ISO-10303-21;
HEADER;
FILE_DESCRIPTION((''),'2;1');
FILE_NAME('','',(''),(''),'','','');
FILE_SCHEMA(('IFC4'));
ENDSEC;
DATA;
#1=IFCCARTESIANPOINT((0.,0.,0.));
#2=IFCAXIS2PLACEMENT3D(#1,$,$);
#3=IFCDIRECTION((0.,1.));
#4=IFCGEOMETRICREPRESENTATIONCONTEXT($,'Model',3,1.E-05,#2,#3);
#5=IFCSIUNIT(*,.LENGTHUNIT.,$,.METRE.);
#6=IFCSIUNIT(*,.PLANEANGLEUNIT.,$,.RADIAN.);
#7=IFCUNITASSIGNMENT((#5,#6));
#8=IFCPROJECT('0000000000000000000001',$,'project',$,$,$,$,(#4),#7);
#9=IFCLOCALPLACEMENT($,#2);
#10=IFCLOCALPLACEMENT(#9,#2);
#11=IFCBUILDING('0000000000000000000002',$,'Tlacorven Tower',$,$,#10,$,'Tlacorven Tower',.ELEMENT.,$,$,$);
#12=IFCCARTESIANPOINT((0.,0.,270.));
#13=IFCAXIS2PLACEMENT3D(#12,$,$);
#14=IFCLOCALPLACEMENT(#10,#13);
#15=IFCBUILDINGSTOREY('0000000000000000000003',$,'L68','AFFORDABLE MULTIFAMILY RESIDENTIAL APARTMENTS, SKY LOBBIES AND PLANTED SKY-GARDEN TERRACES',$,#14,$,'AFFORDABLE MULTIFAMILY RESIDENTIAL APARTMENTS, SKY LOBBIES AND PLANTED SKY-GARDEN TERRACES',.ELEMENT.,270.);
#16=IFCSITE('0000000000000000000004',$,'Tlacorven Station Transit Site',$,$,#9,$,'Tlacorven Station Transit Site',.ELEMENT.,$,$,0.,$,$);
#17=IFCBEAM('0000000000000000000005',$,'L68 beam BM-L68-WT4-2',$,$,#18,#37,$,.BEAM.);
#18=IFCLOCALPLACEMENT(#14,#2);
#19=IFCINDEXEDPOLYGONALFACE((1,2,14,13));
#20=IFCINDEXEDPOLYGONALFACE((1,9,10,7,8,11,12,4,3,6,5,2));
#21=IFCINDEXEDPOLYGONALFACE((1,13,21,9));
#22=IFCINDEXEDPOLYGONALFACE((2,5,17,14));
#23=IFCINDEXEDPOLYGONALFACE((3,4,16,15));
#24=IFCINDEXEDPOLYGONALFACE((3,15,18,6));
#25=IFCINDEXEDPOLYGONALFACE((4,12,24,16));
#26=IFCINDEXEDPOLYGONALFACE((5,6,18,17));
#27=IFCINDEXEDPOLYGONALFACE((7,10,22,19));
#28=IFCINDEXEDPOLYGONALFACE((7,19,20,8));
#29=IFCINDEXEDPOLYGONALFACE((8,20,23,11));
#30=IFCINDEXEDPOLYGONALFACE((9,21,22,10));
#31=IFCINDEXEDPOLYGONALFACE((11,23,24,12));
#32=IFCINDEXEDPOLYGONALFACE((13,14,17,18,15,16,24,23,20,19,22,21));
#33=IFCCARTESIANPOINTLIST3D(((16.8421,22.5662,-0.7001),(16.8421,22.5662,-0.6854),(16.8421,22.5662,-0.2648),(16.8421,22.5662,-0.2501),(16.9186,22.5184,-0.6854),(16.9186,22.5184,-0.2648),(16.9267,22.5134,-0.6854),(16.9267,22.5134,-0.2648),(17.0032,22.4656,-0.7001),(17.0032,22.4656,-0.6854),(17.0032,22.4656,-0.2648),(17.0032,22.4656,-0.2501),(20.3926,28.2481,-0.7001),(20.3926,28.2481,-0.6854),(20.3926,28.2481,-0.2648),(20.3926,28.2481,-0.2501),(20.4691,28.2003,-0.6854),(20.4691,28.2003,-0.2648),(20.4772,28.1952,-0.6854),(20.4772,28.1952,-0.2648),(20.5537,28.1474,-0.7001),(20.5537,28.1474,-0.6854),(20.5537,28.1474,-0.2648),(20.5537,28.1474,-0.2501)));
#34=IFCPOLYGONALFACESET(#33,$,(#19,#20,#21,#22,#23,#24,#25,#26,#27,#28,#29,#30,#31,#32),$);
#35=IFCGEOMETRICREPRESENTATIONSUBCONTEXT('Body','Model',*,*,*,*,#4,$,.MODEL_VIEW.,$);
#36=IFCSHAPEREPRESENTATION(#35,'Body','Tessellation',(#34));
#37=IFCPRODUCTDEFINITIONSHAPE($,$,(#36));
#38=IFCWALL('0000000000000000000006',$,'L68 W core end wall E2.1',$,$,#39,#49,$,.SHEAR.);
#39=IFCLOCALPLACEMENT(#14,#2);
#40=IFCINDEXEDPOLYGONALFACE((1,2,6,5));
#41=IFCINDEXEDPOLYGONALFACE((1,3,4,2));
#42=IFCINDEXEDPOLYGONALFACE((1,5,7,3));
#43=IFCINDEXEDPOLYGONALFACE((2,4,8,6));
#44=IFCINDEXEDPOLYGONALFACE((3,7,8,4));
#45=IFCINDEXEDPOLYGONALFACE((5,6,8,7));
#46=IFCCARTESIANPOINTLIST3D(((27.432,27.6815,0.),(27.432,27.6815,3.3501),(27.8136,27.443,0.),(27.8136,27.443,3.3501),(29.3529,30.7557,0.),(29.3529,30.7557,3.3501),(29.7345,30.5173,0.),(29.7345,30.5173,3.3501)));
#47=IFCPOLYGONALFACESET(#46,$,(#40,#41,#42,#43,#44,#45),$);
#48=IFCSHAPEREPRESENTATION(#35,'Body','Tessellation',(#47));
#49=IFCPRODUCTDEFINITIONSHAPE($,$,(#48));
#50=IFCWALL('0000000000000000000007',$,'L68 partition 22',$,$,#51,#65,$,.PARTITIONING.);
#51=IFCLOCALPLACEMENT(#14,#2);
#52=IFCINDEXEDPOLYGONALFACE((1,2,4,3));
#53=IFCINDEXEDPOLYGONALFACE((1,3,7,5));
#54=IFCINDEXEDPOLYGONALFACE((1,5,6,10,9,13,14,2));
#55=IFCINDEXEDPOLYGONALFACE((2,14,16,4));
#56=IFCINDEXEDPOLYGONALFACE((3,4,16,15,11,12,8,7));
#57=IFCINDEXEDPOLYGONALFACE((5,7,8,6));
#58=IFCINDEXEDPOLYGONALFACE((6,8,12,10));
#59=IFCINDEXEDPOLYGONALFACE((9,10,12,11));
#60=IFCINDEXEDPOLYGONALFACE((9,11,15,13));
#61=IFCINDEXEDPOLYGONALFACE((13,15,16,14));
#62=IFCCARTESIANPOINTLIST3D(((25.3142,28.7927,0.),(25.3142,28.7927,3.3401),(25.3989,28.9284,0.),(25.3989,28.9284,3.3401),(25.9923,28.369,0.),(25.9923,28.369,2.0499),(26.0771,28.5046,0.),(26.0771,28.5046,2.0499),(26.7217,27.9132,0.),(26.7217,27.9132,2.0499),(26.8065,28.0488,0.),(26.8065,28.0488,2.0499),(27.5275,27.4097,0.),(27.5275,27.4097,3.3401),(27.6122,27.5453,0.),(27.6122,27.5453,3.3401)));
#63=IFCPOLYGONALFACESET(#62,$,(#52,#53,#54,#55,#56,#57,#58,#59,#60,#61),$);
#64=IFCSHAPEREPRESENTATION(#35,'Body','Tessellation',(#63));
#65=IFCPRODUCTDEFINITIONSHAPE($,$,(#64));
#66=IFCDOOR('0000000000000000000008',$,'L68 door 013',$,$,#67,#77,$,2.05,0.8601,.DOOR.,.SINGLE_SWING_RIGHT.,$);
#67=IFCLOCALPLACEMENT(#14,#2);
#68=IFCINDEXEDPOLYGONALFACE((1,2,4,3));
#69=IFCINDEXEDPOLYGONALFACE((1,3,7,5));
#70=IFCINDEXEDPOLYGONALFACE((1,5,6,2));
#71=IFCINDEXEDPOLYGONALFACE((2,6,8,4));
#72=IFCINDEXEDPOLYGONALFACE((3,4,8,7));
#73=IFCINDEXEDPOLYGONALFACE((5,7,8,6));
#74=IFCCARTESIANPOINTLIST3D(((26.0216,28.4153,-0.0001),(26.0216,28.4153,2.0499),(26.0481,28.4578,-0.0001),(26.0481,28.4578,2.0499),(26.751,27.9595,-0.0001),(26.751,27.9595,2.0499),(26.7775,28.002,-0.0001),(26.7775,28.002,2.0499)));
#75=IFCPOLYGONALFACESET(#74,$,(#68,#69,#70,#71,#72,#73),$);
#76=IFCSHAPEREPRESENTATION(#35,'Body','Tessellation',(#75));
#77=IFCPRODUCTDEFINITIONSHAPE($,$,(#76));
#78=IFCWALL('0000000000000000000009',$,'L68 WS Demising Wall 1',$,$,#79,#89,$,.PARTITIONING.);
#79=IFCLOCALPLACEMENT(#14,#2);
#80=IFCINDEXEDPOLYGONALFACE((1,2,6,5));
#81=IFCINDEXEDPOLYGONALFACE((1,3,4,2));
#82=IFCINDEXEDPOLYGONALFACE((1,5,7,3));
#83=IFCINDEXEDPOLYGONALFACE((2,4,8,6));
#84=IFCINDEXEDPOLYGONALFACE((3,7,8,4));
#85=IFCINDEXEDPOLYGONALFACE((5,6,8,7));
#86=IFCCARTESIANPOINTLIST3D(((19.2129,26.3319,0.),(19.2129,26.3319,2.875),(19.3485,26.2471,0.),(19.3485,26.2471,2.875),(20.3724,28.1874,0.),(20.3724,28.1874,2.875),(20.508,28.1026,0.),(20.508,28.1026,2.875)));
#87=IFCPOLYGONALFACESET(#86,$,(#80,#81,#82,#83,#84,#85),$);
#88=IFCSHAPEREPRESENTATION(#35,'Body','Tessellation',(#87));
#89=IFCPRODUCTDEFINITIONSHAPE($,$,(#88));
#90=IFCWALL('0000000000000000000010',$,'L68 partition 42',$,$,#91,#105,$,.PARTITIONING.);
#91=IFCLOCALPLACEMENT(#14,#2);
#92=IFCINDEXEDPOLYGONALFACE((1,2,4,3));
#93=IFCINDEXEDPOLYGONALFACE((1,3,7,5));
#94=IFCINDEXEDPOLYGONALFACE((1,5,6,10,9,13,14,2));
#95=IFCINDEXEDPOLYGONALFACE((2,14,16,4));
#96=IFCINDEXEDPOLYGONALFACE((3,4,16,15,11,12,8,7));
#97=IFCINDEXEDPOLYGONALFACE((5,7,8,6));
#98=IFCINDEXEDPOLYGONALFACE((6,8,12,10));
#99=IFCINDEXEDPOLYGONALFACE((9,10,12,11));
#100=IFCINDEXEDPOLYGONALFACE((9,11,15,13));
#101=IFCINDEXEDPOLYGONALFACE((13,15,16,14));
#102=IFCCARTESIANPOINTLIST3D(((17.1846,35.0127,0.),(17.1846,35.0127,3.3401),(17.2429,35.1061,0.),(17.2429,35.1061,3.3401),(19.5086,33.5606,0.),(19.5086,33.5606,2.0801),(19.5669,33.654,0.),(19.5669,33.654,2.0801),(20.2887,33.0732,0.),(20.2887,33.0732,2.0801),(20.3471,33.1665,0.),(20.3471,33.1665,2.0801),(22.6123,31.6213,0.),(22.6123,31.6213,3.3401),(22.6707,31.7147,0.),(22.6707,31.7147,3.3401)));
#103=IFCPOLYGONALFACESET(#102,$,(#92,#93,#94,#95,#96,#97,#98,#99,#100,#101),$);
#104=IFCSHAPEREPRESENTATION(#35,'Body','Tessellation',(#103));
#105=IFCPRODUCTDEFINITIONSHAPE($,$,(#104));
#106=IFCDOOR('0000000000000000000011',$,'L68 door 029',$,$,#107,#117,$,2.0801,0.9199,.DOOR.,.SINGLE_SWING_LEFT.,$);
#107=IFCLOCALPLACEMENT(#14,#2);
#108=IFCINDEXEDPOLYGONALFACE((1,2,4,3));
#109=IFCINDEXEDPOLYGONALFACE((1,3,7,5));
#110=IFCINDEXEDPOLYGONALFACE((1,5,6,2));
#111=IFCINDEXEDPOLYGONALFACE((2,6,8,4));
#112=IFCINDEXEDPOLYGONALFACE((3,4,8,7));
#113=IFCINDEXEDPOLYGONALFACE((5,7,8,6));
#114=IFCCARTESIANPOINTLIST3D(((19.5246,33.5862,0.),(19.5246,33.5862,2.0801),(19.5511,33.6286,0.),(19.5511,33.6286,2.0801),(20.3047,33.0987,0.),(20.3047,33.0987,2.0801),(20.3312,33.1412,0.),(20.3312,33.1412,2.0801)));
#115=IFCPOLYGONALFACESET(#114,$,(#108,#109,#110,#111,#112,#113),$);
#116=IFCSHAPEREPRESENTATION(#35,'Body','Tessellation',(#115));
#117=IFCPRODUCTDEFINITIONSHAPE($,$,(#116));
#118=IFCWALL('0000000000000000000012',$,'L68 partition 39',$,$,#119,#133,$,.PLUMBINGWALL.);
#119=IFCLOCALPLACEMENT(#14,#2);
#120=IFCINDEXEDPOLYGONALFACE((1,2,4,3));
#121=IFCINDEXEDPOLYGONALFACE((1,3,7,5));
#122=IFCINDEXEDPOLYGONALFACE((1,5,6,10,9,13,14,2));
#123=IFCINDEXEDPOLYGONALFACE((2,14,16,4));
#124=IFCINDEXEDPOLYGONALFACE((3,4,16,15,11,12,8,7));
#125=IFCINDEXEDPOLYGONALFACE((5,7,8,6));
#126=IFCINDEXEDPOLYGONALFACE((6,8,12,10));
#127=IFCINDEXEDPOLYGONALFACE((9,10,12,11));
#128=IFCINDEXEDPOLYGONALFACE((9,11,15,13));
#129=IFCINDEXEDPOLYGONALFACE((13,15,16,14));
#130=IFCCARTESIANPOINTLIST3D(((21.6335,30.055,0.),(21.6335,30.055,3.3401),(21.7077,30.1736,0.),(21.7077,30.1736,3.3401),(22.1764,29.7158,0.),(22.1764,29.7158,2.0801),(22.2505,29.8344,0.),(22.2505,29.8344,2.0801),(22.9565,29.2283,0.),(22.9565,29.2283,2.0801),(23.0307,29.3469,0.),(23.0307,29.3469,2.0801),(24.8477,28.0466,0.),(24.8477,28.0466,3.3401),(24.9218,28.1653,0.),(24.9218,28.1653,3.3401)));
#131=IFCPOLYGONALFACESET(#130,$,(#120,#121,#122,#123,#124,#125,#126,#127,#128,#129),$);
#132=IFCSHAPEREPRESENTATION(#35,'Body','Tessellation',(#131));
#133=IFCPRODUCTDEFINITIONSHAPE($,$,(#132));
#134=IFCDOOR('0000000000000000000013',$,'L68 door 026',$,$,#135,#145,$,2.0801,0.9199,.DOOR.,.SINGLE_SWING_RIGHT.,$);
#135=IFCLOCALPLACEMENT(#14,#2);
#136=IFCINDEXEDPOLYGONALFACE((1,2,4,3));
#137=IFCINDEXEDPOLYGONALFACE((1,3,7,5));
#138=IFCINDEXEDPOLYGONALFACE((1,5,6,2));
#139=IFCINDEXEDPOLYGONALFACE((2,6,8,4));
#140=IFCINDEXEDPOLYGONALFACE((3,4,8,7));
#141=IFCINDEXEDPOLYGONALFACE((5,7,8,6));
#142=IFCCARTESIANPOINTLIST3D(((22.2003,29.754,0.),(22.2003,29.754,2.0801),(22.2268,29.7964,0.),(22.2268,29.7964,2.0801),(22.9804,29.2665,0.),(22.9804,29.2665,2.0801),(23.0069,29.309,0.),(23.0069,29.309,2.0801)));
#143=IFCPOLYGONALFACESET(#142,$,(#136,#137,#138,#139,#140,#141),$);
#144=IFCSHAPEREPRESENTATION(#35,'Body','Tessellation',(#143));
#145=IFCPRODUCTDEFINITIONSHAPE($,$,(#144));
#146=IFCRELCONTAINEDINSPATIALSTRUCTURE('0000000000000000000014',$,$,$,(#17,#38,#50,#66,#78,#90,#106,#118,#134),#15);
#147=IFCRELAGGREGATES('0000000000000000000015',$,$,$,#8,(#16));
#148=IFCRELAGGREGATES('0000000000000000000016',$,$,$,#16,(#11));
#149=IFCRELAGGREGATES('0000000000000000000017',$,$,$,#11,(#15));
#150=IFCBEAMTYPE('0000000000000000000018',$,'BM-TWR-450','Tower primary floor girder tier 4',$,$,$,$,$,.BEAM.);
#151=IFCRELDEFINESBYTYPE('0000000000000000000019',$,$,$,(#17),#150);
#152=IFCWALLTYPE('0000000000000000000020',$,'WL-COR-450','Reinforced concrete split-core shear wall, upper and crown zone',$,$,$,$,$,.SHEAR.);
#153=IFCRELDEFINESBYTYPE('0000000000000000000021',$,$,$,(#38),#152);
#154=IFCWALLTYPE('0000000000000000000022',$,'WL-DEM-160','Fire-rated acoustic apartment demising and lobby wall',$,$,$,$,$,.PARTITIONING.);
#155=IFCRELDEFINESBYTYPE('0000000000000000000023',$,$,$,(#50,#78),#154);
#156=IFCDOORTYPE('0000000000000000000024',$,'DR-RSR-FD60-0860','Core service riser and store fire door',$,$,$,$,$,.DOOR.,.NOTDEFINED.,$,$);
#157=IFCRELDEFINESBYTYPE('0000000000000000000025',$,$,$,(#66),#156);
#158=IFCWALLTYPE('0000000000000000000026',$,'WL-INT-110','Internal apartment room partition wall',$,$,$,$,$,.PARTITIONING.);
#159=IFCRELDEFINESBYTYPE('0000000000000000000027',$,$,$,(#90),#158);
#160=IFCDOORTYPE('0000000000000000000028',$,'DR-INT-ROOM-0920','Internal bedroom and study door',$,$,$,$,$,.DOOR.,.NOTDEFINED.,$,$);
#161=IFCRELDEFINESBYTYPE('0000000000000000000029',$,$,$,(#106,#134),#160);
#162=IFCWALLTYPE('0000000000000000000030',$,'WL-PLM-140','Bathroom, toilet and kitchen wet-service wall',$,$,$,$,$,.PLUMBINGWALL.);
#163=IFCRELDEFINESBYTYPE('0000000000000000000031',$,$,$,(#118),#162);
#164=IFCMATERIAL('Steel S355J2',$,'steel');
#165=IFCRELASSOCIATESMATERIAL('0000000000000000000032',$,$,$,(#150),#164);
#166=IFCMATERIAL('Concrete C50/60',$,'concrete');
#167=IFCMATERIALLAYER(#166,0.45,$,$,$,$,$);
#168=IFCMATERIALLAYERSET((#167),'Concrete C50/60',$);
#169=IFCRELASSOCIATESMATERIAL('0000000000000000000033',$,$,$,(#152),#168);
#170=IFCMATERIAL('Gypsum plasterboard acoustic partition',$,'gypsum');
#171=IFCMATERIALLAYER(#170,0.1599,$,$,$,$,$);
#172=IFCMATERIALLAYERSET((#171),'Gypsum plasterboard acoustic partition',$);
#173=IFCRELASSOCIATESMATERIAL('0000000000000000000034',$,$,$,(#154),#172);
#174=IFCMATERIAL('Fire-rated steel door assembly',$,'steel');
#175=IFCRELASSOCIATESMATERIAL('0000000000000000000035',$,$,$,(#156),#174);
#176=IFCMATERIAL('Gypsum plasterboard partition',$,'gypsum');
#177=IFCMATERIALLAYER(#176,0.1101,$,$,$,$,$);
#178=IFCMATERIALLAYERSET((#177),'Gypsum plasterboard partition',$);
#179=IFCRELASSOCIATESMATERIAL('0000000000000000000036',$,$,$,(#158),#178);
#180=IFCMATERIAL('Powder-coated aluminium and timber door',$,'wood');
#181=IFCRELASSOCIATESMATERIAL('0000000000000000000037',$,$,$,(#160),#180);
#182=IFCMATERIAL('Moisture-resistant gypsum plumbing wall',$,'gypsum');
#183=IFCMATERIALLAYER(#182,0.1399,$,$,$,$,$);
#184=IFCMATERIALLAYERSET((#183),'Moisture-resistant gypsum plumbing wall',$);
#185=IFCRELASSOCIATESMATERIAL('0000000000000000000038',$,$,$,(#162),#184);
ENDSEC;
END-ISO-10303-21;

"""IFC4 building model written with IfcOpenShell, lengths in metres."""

from ifc_helpers import new_model, si_unit, direction, frame, frame_2d, origin, origin_2d, place, context, subcontext, project, spatial, rectangle, i_section, extrude, source, transform, mapped, material, layer, layer_set, material_profile, profile_set, type_object, element, fill, save


model = new_model("IFC4")

# Units and contexts
model_context = context("Model", 3, precision=1e-05, world=origin(), true_north=direction((0.0, 1.0)))
body_context = subcontext(model_context, "Body", "Model", "MODEL_VIEW")
ifc_project = project(units=[si_unit("LENGTHUNIT", "METRE"), si_unit("PLANEANGLEUNIT", "RADIAN")], contexts=[model_context])

# Site, building, storey
site_placement = place(None, origin())
site = spatial("IfcSite", under=ifc_project, at=site_placement, Name="Tlacorven Station Transit Site", LongName="Tlacorven Station Transit Site", CompositionType="ELEMENT", RefElevation=0.0)
building_placement = place(site_placement, origin())
building = spatial("IfcBuilding", under=site, at=building_placement, Name="Tlacorven Tower", LongName="Tlacorven Tower", CompositionType="ELEMENT")
storey_placement = place(building_placement, frame((0.0, 0.0, 270.0)))
storey = spatial("IfcBuildingStorey", under=building, at=storey_placement, Name="L68", Description="AFFORDABLE MULTIFAMILY RESIDENTIAL APARTMENTS, SKY LOBBIES AND PLANTED SKY-GARDEN TERRACES", LongName="AFFORDABLE MULTIFAMILY RESIDENTIAL APARTMENTS, SKY LOBBIES AND PLANTED SKY-GARDEN TERRACES", CompositionType="ELEMENT", Elevation=270.0)

# Beam
ifc_material_1 = material(Name="Steel S355J2", Category="steel")
ifc_material_profile_1 = material_profile(ifc_material_1, i_section(OverallWidth=0.1899, OverallDepth=0.45, WebThickness=0.0095, FlangeThickness=0.0146, at=origin_2d()), Name="IPE 450")
ifc_profile_set_1 = profile_set([ifc_material_profile_1], Name="Steel S355J2")
beam_type_1 = type_object("IfcBeamType", Name="BM-TWR-450", Description="Tower primary floor girder tier 4", PredefinedType="BEAM", material=ifc_profile_set_1)
shared_shape_1 = source(origin(), body_context, "Body", "SweptSolid", [
    extrude(i_section(OverallWidth=0.1899, OverallDepth=0.45, WebThickness=0.0095, FlangeThickness=0.0146, at=origin_2d()), origin(), (0.0, 0.0, 1.0), 6.7),
])
beam_1_placement = place(storey_placement, frame((20.4731, 28.1978, -0.4751), z_axis=(-0.52993, -0.848041, 0.0), x_axis=(0.848041, -0.52993, 0.0)))
element("IfcBeam", 1, at=beam_1_placement, inside=storey, type_object=beam_type_1, Name="L68 beam BM-L68-WT4-2", PredefinedType="BEAM", context=body_context, shape_type="MappedRepresentation", body=[
    mapped(shared_shape_1, transform((0.0, 0.0, 0.0), scale=1.0)),
])

# Wall
ifc_material_2 = material(Name="Concrete C50/60", Category="concrete")
ifc_layer_1 = layer(ifc_material_2, 0.45)
ifc_layer_set_1 = layer_set([ifc_layer_1], Name="Concrete C50/60")
wall_type_1 = type_object("IfcWallType", Name="WL-COR-450", Description="Reinforced concrete split-core shear wall, upper and crown zone", PredefinedType="SHEAR", material=ifc_layer_set_1)
wall_1_placement = place(storey_placement, frame((29.5437, 30.6365, 0.0), z_axis=(0.0, 0.0, 1.0), x_axis=(-0.529902, -0.848059, 0.0)))
element("IfcWall", 2, at=wall_1_placement, inside=storey, type_object=wall_type_1, Name="L68 W core end wall E2.1", PredefinedType="SHEAR", context=body_context, shape_type="SweptSolid", body=[
    extrude(rectangle(XDim=3.625, YDim=0.45, at=frame_2d((1.8125, 0.0))), origin(), (0.0, 0.0, 1.0), 3.3501),
])

# Wall, opening, door
ifc_material_3 = material(Name="Gypsum plasterboard acoustic partition", Category="gypsum")
ifc_layer_2 = layer(ifc_material_3, 0.1599)
ifc_layer_set_2 = layer_set([ifc_layer_2], Name="Gypsum plasterboard acoustic partition")
wall_type_2 = type_object("IfcWallType", Name="WL-DEM-160", Description="Fire-rated acoustic apartment demising and lobby wall", PredefinedType="PARTITIONING", material=ifc_layer_set_2)
wall_2_placement = place(storey_placement, frame((27.5698, 27.4775, 0.0), z_axis=(0.0, 0.0, 1.0), x_axis=(-0.848051, 0.529915, 0.0)))
wall_2 = element("IfcWall", 3, at=wall_2_placement, inside=storey, type_object=wall_type_2, Name="L68 partition 22", PredefinedType="PARTITIONING", context=body_context, shape_type="SweptSolid", body=[
    extrude(rectangle(XDim=2.6099, YDim=0.1599, at=frame_2d((1.3049, 0.0))), origin(), (0.0, 0.0, 1.0), 3.3401),
])
opening_1_placement = place(wall_2_placement, frame((0.95, 0.0, 0.0)))
opening_1 = element("IfcOpeningElement", 4, at=opening_1_placement, cuts=wall_2, PredefinedType="OPENING", context=body_context, shape_type="SweptSolid", body=[
    extrude(rectangle(XDim=0.8601, YDim=2.05, at=frame_2d((0.4302, 1.0249))), frame((0.0, 0.0898, 0.0), z_axis=(0.0, -1.0, 0.0), x_axis=(1.0, 0.0, 0.0)), (0.0, 0.0, 1.0), 0.1799),
])
ifc_material_4 = material(Name="Fire-rated steel door assembly", Category="steel")
door_type_1 = type_object("IfcDoorType", Name="DR-RSR-FD60-0860", Description="Core service riser and store fire door", OperationType="NOTDEFINED", PredefinedType="DOOR", material=ifc_material_4)
shared_shape_2 = source(origin(), body_context, "Body", "SweptSolid", [
    extrude(rectangle(XDim=0.8601, YDim=2.05, at=frame_2d((0.4302, 1.0249))), frame((0.0, 0.0249, 0.0), z_axis=(0.0, -1.0, 0.0), x_axis=(1.0, 0.0, 0.0)), (0.0, 0.0, 1.0), 0.05),
])
door_1_placement = place(opening_1_placement, frame((0.8601, 0.0, 0.0), z_axis=(0.0, 0.0, 1.0), x_axis=(-1.0, 0.0, 0.0)))
door_1 = element("IfcDoor", 5, at=door_1_placement, inside=storey, type_object=door_type_1, Name="L68 door 013", OperationType="SINGLE_SWING_RIGHT", OverallHeight=2.05, OverallWidth=0.8601, PredefinedType="DOOR", context=body_context, shape_type="MappedRepresentation", body=[
    mapped(shared_shape_2, transform((0.0, 0.0, 0.0), scale=1.0)),
])
fill(opening_1, door_1)

# Wall
wall_3_placement = place(storey_placement, frame((20.4402, 28.145, 0.0), z_axis=(0.0, 0.0, 1.0), x_axis=(-0.529919, -0.848048, 0.0)))
element("IfcWall", 6, at=wall_3_placement, inside=storey, type_object=wall_type_2, Name="L68 WS Demising Wall 1", PredefinedType="PARTITIONING", context=body_context, shape_type="SweptSolid", body=[
    extrude(rectangle(XDim=2.188, YDim=0.1599, at=frame_2d((1.094, 0.0))), origin(), (0.0, 0.0, 1.0), 2.875),
])

# Walls, openings, doors
ifc_material_5 = material(Name="Gypsum plasterboard partition", Category="gypsum")
ifc_layer_3 = layer(ifc_material_5, 0.1101)
ifc_layer_set_3 = layer_set([ifc_layer_3], Name="Gypsum plasterboard partition")
wall_type_3 = type_object("IfcWallType", Name="WL-INT-110", Description="Internal apartment room partition wall", PredefinedType="PARTITIONING", material=ifc_layer_set_3)
wall_4_placement = place(storey_placement, frame((22.6416, 31.668, 0.0), z_axis=(0.0, 0.0, 1.0), x_axis=(-0.848067, 0.529889, 0.0)))
wall_4 = element("IfcWall", 7, at=wall_4_placement, inside=storey, type_object=wall_type_3, Name="L68 partition 42", PredefinedType="PARTITIONING", context=body_context, shape_type="SweptSolid", body=[
    extrude(rectangle(XDim=6.4001, YDim=0.1101, at=frame_2d((3.2002, 0.0))), origin(), (0.0, 0.0, 1.0), 3.3401),
])
opening_2_placement = place(wall_4_placement, frame((2.74, 0.0, 0.0)))
opening_2 = element("IfcOpeningElement", 8, at=opening_2_placement, cuts=wall_4, PredefinedType="OPENING", context=body_context, shape_type="SweptSolid", body=[
    extrude(rectangle(XDim=0.9199, YDim=2.0801, at=frame_2d((0.46, 1.04))), frame((0.0, 0.0649, 0.0), z_axis=(0.0, -1.0, 0.0), x_axis=(1.0, 0.0, 0.0)), (0.0, 0.0, 1.0), 0.1301),
])
ifc_material_6 = material(Name="Powder-coated aluminium and timber door", Category="wood")
door_type_2 = type_object("IfcDoorType", Name="DR-INT-ROOM-0920", Description="Internal bedroom and study door", OperationType="NOTDEFINED", PredefinedType="DOOR", material=ifc_material_6)
shared_shape_3 = source(origin(), body_context, "Body", "SweptSolid", [
    extrude(rectangle(XDim=0.9199, YDim=2.0801, at=frame_2d((0.46, 1.04))), frame((0.0, 0.0249, 0.0), z_axis=(0.0, -1.0, 0.0), x_axis=(1.0, 0.0, 0.0)), (0.0, 0.0, 1.0), 0.05),
])
door_2_placement = place(opening_2_placement, origin())
door_2 = element("IfcDoor", 9, at=door_2_placement, inside=storey, type_object=door_type_2, Name="L68 door 029", OperationType="SINGLE_SWING_LEFT", OverallHeight=2.0801, OverallWidth=0.9199, PredefinedType="DOOR", context=body_context, shape_type="MappedRepresentation", body=[
    mapped(shared_shape_3, transform((0.0, 0.0, 0.0), scale=1.0)),
])
fill(opening_2, door_2)
ifc_material_7 = material(Name="Moisture-resistant gypsum plumbing wall", Category="gypsum")
ifc_layer_4 = layer(ifc_material_7, 0.1399)
ifc_layer_set_4 = layer_set([ifc_layer_4], Name="Moisture-resistant gypsum plumbing wall")
wall_type_4 = type_object("IfcWallType", Name="WL-PLM-140", Description="Bathroom, toilet and kitchen wet-service wall", PredefinedType="PLUMBINGWALL", material=ifc_layer_set_4)
wall_5_placement = place(storey_placement, frame((24.8848, 28.106, 0.0), z_axis=(0.0, 0.0, 1.0), x_axis=(-0.84806, 0.529901, 0.0)))
wall_5 = element("IfcWall", 10, at=wall_5_placement, inside=storey, type_object=wall_type_4, Name="L68 partition 39", PredefinedType="PLUMBINGWALL", context=body_context, shape_type="SweptSolid", body=[
    extrude(rectangle(XDim=3.79, YDim=0.1399, at=frame_2d((1.895, 0.0))), origin(), (0.0, 0.0, 1.0), 3.3401),
])
opening_3_placement = place(wall_5_placement, frame((2.23, 0.0, 0.0)))
opening_3 = element("IfcOpeningElement", 11, at=opening_3_placement, cuts=wall_5, PredefinedType="OPENING", context=body_context, shape_type="SweptSolid", body=[
    extrude(rectangle(XDim=0.9199, YDim=2.0801, at=frame_2d((0.46, 1.04))), frame((0.0, 0.0801, 0.0), z_axis=(0.0, -1.0, 0.0), x_axis=(1.0, 0.0, 0.0)), (0.0, 0.0, 1.0), 0.1599),
])
door_3_placement = place(opening_3_placement, origin())
door_3 = element("IfcDoor", 12, at=door_3_placement, inside=storey, type_object=door_type_2, Name="L68 door 026", OperationType="SINGLE_SWING_RIGHT", OverallHeight=2.0801, OverallWidth=0.9199, PredefinedType="DOOR", context=body_context, shape_type="MappedRepresentation", body=[
    mapped(shared_shape_3, transform((0.0, 0.0, 0.0), scale=1.0)),
])
fill(opening_3, door_3)

save(model, "model.ifc")
